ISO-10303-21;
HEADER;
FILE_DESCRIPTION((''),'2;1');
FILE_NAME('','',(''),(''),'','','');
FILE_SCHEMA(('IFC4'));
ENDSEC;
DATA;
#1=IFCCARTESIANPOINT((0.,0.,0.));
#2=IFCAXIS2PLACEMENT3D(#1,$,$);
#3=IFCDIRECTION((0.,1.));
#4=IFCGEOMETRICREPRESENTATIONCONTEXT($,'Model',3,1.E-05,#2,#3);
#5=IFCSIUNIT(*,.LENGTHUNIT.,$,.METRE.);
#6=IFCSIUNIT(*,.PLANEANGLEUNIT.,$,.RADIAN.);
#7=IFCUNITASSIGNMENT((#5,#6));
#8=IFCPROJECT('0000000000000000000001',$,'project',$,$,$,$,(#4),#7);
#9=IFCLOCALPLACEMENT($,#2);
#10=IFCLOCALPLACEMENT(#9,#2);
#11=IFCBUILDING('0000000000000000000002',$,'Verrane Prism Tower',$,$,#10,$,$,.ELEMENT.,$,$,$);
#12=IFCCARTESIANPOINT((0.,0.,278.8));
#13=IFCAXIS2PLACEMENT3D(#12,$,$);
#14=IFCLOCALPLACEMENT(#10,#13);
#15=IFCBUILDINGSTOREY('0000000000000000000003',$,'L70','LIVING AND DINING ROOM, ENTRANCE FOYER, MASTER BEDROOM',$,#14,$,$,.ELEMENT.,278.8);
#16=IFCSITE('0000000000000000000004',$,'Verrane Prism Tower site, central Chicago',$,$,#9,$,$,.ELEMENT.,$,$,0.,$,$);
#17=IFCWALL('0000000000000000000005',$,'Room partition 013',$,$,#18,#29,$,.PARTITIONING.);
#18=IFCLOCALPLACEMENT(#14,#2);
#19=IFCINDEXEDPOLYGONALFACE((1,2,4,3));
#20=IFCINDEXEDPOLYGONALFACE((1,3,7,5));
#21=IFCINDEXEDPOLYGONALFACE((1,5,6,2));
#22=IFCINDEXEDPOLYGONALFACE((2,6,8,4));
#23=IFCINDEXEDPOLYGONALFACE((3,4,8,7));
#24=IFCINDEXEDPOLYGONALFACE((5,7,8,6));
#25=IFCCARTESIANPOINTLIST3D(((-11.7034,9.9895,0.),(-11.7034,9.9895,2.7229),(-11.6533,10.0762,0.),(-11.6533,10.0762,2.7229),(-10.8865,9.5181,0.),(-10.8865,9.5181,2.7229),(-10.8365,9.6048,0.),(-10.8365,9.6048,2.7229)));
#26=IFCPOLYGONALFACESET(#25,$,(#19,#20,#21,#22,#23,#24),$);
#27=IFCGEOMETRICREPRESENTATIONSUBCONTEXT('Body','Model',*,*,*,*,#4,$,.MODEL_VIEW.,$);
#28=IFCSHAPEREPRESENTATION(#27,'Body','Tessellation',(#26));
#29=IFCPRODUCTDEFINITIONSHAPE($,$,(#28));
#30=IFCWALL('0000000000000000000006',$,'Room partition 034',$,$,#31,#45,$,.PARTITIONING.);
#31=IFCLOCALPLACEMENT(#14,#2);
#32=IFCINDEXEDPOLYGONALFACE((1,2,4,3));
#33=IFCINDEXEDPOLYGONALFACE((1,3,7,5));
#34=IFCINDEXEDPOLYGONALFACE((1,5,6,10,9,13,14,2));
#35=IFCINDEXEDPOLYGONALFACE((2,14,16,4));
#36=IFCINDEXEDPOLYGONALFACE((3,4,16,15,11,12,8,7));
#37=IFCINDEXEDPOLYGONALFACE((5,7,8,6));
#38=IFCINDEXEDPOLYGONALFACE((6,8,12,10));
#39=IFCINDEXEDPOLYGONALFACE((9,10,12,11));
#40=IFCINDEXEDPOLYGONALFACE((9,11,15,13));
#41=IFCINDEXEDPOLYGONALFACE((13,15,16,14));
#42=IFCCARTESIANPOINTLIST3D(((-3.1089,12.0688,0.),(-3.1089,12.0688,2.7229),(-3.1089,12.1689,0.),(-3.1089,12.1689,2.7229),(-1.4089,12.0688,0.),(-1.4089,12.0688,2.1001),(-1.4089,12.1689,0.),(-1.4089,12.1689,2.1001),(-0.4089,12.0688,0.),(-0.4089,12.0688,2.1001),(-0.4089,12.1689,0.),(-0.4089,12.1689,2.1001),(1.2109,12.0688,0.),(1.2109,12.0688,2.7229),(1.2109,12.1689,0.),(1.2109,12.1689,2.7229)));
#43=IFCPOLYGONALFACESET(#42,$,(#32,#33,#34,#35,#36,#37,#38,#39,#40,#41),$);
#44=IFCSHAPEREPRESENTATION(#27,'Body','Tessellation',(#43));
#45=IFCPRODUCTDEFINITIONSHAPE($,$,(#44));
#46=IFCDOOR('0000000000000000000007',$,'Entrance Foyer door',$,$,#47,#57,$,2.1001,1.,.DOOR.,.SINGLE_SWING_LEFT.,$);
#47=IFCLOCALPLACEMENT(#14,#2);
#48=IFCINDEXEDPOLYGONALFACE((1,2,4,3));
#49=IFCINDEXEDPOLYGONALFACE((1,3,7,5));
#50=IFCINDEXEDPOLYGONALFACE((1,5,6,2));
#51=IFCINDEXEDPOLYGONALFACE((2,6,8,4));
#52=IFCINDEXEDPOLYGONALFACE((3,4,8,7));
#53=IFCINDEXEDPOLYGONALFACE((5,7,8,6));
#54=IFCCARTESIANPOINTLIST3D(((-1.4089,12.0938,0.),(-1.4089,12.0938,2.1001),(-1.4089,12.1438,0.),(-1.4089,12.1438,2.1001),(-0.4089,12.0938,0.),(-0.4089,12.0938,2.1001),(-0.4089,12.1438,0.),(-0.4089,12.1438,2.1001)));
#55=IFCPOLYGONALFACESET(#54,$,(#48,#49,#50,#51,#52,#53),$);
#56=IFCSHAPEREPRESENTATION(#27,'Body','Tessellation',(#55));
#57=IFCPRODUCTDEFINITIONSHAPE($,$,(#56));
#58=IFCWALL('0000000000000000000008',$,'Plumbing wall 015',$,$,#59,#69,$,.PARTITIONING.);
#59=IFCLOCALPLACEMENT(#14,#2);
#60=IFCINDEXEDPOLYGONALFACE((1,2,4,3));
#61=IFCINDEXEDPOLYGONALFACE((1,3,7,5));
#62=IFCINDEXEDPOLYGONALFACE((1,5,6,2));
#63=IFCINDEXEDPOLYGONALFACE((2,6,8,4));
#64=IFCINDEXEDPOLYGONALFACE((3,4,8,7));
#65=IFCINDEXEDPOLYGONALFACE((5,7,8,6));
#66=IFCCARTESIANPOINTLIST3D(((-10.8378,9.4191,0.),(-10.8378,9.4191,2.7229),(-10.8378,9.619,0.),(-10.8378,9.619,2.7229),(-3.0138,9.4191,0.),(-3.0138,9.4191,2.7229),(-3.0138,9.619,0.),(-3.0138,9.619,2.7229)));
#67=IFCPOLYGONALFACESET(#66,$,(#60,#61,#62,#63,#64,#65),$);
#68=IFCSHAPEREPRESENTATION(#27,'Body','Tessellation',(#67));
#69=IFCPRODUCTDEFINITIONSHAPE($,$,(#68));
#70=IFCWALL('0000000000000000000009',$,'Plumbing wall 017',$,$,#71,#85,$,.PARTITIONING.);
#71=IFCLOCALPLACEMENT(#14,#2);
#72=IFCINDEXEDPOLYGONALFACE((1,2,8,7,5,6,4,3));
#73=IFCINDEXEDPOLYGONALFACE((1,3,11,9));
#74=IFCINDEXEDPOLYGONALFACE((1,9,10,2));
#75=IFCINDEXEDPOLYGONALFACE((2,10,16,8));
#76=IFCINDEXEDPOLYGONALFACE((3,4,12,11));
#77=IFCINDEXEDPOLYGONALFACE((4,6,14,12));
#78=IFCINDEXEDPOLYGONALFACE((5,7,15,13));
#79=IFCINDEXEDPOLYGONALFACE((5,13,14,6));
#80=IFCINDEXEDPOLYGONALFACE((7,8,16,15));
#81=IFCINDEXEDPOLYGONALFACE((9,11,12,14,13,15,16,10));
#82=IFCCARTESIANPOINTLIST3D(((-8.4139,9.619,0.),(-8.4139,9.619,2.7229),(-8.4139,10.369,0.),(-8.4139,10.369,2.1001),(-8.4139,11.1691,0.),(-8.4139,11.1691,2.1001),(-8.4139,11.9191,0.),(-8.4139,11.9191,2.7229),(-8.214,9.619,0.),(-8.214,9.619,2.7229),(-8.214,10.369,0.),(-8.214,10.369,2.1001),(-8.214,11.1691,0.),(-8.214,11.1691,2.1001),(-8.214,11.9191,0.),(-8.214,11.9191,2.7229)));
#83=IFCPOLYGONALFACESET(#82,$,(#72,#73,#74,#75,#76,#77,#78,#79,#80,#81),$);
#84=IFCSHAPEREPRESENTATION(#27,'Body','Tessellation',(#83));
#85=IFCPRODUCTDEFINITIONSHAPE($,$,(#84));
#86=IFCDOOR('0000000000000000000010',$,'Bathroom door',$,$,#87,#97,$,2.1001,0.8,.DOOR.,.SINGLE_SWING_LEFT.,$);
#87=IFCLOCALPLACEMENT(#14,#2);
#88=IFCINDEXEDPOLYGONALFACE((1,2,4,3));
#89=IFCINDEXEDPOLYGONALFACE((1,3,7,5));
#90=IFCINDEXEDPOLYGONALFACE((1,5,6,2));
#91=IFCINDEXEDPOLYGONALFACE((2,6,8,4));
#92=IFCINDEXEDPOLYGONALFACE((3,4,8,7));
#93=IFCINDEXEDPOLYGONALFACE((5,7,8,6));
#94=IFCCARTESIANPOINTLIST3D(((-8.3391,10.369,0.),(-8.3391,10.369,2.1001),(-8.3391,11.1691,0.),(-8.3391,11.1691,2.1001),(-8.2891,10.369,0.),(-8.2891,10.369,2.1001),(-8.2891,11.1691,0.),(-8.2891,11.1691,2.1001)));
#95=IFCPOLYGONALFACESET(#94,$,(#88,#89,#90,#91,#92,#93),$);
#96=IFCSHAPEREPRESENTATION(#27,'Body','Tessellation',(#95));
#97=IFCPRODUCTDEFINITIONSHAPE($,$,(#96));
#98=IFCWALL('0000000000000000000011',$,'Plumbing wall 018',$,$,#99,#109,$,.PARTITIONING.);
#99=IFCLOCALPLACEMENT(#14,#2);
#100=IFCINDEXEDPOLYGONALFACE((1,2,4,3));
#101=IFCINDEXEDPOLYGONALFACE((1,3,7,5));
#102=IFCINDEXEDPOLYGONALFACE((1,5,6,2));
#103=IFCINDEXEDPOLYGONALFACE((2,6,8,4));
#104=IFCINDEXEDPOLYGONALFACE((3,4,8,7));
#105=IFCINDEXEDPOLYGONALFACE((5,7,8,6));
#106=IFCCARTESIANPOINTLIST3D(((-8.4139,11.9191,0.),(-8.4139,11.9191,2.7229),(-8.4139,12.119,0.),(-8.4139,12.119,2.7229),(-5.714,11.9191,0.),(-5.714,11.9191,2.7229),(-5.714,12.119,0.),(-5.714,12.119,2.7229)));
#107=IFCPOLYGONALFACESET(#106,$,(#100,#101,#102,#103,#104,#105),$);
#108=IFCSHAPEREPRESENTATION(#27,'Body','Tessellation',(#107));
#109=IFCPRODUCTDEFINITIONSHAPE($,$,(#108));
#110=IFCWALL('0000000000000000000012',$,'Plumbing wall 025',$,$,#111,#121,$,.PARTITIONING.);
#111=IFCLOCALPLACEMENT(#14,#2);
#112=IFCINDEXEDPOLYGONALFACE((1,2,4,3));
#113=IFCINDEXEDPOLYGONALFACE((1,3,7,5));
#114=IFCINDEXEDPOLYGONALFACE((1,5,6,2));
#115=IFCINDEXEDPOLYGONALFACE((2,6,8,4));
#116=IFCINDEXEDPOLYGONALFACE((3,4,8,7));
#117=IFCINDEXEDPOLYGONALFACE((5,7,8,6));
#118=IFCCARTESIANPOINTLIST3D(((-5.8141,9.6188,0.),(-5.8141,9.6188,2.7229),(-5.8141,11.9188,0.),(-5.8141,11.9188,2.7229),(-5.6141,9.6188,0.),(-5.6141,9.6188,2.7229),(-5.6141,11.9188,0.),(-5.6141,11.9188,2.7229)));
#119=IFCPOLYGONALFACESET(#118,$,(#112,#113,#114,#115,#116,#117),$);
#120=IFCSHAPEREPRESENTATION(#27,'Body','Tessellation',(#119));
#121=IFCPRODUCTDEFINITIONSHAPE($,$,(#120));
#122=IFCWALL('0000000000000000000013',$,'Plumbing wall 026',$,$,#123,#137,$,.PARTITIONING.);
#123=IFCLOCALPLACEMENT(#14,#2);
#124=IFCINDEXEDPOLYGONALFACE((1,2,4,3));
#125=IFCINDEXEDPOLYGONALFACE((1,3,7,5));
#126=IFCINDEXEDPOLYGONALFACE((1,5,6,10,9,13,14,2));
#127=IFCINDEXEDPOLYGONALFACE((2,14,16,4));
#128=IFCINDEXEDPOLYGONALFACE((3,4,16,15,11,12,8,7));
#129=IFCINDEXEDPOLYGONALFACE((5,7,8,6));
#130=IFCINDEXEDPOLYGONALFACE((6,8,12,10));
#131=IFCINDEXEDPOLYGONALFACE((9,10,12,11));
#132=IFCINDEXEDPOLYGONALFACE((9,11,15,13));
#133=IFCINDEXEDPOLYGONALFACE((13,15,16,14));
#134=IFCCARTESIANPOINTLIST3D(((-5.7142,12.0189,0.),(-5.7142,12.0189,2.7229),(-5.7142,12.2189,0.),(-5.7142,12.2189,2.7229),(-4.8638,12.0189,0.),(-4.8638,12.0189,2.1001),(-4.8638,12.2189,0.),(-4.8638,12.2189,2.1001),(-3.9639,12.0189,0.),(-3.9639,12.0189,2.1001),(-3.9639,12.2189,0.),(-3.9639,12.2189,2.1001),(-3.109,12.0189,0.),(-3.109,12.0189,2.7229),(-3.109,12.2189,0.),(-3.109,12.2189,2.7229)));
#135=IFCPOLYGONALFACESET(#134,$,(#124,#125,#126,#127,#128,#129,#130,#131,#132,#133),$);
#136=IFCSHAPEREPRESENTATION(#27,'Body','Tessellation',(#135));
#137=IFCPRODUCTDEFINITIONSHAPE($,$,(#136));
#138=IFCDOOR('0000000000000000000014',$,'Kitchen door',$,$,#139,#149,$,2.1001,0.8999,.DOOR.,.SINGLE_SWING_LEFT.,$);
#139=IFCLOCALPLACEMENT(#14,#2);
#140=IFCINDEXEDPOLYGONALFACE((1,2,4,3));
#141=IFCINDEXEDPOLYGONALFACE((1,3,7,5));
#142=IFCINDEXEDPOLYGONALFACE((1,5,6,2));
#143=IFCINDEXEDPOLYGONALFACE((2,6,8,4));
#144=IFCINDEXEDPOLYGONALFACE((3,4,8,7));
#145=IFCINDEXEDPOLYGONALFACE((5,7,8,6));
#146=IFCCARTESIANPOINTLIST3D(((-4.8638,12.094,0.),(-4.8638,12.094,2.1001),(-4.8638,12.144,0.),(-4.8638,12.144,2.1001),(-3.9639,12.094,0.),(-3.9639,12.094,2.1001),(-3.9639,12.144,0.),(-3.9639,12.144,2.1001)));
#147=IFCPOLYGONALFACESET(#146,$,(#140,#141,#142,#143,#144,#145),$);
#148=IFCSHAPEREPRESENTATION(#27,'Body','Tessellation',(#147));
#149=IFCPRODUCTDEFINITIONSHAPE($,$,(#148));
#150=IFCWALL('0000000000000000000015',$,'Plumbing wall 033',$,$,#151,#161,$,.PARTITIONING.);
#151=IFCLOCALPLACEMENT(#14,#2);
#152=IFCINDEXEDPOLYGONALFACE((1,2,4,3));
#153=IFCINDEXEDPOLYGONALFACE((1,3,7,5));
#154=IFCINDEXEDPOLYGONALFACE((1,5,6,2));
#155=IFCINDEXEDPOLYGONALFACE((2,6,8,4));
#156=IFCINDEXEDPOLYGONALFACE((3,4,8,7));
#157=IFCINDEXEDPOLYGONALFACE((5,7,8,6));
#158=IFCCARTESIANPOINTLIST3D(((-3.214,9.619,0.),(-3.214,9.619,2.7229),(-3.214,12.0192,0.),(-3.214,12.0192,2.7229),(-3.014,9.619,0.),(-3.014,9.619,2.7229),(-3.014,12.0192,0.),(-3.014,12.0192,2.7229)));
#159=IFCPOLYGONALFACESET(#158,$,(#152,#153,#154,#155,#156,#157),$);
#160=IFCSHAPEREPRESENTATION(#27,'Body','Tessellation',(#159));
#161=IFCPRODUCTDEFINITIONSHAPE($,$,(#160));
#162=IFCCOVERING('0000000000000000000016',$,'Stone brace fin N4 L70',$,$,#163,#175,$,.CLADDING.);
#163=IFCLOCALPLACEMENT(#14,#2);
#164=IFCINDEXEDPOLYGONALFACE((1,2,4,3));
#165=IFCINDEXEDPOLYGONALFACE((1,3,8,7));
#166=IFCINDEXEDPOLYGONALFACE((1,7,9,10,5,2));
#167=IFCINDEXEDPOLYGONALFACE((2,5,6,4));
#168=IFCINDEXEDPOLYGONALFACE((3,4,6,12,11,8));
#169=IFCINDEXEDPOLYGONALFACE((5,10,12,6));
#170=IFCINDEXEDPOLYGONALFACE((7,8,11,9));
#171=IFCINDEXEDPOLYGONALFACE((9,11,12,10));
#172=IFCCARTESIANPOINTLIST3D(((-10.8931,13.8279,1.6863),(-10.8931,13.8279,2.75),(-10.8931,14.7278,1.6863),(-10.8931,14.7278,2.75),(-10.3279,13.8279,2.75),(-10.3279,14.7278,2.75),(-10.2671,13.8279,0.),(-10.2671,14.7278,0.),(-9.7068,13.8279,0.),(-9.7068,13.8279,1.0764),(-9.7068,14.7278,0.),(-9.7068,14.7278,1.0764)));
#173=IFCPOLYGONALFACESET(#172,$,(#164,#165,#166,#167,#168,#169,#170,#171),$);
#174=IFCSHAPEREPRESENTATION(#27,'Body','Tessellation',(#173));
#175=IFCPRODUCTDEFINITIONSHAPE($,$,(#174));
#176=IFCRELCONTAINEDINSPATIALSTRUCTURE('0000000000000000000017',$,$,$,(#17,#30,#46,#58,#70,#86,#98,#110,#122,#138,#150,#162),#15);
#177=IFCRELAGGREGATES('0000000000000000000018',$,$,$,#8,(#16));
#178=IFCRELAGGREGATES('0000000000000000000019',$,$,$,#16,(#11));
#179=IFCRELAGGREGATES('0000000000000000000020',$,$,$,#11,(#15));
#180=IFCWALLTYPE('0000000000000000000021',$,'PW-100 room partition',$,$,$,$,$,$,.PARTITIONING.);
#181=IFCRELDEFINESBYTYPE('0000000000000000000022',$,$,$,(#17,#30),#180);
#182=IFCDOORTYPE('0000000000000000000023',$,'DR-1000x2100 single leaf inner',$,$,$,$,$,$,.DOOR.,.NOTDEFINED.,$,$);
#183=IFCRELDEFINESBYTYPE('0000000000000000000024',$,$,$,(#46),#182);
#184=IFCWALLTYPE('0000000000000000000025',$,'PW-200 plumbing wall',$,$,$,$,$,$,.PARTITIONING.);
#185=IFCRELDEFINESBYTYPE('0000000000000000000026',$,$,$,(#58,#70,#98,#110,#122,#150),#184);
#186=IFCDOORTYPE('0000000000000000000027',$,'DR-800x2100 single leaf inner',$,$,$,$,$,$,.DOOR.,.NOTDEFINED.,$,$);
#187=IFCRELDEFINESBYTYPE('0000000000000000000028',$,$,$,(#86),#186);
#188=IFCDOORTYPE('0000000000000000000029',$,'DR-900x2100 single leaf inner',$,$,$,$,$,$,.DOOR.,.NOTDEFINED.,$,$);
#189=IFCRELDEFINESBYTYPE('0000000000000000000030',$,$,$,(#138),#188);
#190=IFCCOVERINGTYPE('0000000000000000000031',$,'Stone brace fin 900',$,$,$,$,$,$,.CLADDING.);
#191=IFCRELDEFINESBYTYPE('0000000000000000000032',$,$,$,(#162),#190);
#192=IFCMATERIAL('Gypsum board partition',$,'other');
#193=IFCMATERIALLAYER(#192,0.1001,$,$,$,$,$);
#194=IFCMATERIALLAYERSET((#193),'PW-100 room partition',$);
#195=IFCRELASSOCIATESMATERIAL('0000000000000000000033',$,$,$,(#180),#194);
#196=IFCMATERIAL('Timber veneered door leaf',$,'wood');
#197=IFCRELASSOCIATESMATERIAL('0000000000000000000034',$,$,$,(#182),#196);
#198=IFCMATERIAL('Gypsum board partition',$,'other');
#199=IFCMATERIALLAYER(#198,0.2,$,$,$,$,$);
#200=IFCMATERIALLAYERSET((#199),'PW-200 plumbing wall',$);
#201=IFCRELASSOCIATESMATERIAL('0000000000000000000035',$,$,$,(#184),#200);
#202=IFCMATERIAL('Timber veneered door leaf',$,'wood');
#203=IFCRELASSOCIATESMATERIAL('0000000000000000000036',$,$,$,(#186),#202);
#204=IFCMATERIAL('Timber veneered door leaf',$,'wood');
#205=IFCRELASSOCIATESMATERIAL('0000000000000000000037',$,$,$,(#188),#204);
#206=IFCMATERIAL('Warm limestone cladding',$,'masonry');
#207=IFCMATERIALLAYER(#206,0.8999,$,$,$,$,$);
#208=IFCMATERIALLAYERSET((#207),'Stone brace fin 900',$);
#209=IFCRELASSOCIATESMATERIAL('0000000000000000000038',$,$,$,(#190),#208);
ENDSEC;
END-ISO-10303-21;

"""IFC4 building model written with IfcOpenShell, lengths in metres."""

from ifc_helpers import new_model, si_unit, direction, frame, frame_2d, origin, place, context, subcontext, project, spatial, polyline, rectangle, outline, extrude, material, layer, layer_set, type_object, element, fill, save


model = new_model("IFC4")

# Units and contexts
model_context = context("Model", 3, precision=1e-05, world=origin(), true_north=direction((0.0, 1.0)))
body_context = subcontext(model_context, "Body", "Model", "MODEL_VIEW")
ifc_project = project(units=[si_unit("LENGTHUNIT", "METRE"), si_unit("PLANEANGLEUNIT", "RADIAN")], contexts=[model_context])

# Site, building, storey
site_placement = place(None, origin())
site = spatial("IfcSite", under=ifc_project, at=site_placement, Name="Verrane Prism Tower site, central Chicago", CompositionType="ELEMENT", RefElevation=0.0)
building_placement = place(site_placement, origin())
building = spatial("IfcBuilding", under=site, at=building_placement, Name="Verrane Prism Tower", CompositionType="ELEMENT")
storey_placement = place(building_placement, frame((0.0, 0.0, 278.8)))
storey = spatial("IfcBuildingStorey", under=building, at=storey_placement, Name="L70", Description="LIVING AND DINING ROOM, ENTRANCE FOYER, MASTER BEDROOM", CompositionType="ELEMENT", Elevation=278.8)

# Wall
ifc_material_1 = material(Name="Gypsum board partition", Category="other")
ifc_layer_1 = layer(ifc_material_1, 0.1001)
ifc_layer_set_1 = layer_set([ifc_layer_1], Name="PW-100 room partition")
wall_type_1 = type_object("IfcWallType", Name="PW-100 room partition", PredefinedType="PARTITIONING", material=ifc_layer_set_1)
wall_1_placement = place(storey_placement, frame((-11.6785, 10.033, 0.0), z_axis=(0.0, 0.0, 1.0), x_axis=(0.866117, -0.499842, 0.0)))
element("IfcWall", 1, at=wall_1_placement, inside=storey, type_object=wall_type_1, Name="Room partition 013", PredefinedType="PARTITIONING", context=body_context, shape_type="SweptSolid", body=[
    extrude(rectangle(XDim=0.9431, YDim=0.1001, at=frame_2d((0.4717, 0.0))), origin(), (0.0, 0.0, 1.0), 2.7229),
])

# Wall, opening, door
wall_2_placement = place(storey_placement, frame((-3.1089, 12.1189, 0.0), z_axis=(0.0, 0.0, 1.0), x_axis=(1.0, 0.0, 0.0)))
wall_2 = element("IfcWall", 2, at=wall_2_placement, inside=storey, type_object=wall_type_1, Name="Room partition 034", PredefinedType="PARTITIONING", context=body_context, shape_type="SweptSolid", body=[
    extrude(rectangle(XDim=4.3198, YDim=0.1001, at=frame_2d((2.1599, 0.0))), origin(), (0.0, 0.0, 1.0), 2.7229),
])
opening_1_placement = place(wall_2_placement, frame((1.7, 0.0, 0.0)))
opening_1 = element("IfcOpeningElement", 3, at=opening_1_placement, cuts=wall_2, PredefinedType="OPENING", context=body_context, shape_type="SweptSolid", body=[
    extrude(rectangle(XDim=1.0, YDim=2.1001, at=frame_2d((0.5, 1.05))), frame((0.0, 0.0601, 0.0), z_axis=(0.0, -1.0, 0.0), x_axis=(1.0, 0.0, 0.0)), (0.0, 0.0, 1.0), 0.1201),
])
ifc_material_2 = material(Name="Timber veneered door leaf", Category="wood")
door_type_1 = type_object("IfcDoorType", Name="DR-1000x2100 single leaf inner", OperationType="NOTDEFINED", PredefinedType="DOOR", material=ifc_material_2)
door_1_placement = place(opening_1_placement, origin())
door_1 = element("IfcDoor", 4, at=door_1_placement, inside=storey, type_object=door_type_1, Name="Entrance Foyer door", OperationType="SINGLE_SWING_LEFT", OverallHeight=2.1001, OverallWidth=1.0, PredefinedType="DOOR", context=body_context, shape_type="SweptSolid", body=[
    extrude(rectangle(XDim=1.0, YDim=2.1001, at=frame_2d((0.5, 1.05))), frame((0.0, 0.0249, 0.0), z_axis=(0.0, -1.0, 0.0), x_axis=(1.0, 0.0, 0.0)), (0.0, 0.0, 1.0), 0.05),
])
fill(opening_1, door_1)

# Wall
ifc_material_3 = material(Name="Gypsum board partition", Category="other")
ifc_layer_2 = layer(ifc_material_3, 0.2)
ifc_layer_set_2 = layer_set([ifc_layer_2], Name="PW-200 plumbing wall")
wall_type_2 = type_object("IfcWallType", Name="PW-200 plumbing wall", PredefinedType="PARTITIONING", material=ifc_layer_set_2)
wall_3_placement = place(storey_placement, frame((-10.8379, 9.519, 0.0), z_axis=(0.0, 0.0, 1.0), x_axis=(1.0, 0.0, 0.0)))
element("IfcWall", 5, at=wall_3_placement, inside=storey, type_object=wall_type_2, Name="Plumbing wall 015", PredefinedType="PARTITIONING", context=body_context, shape_type="SweptSolid", body=[
    extrude(rectangle(XDim=7.824, YDim=0.2, at=frame_2d((3.9121, 0.0))), origin(), (0.0, 0.0, 1.0), 2.7229),
])

# Wall, opening, door
wall_4_placement = place(storey_placement, frame((-8.314, 11.9189, 0.0), z_axis=(0.0, 0.0, 1.0), x_axis=(0.0, -1.0, 0.0)))
wall_4 = element("IfcWall", 6, at=wall_4_placement, inside=storey, type_object=wall_type_2, Name="Plumbing wall 017", PredefinedType="PARTITIONING", context=body_context, shape_type="SweptSolid", body=[
    extrude(rectangle(XDim=2.3, YDim=0.2, at=frame_2d((1.1499, 0.0))), origin(), (0.0, 0.0, 1.0), 2.7229),
])
opening_2_placement = place(wall_4_placement, frame((0.75, 0.0, 0.0)))
opening_2 = element("IfcOpeningElement", 7, at=opening_2_placement, cuts=wall_4, PredefinedType="OPENING", context=body_context, shape_type="SweptSolid", body=[
    extrude(rectangle(XDim=0.8, YDim=2.1001, at=frame_2d((0.3999, 1.05))), frame((0.0, 0.1099, 0.0), z_axis=(0.0, -1.0, 0.0), x_axis=(1.0, 0.0, 0.0)), (0.0, 0.0, 1.0), 0.22),
])
ifc_material_4 = material(Name="Timber veneered door leaf", Category="wood")
door_type_2 = type_object("IfcDoorType", Name="DR-800x2100 single leaf inner", OperationType="NOTDEFINED", PredefinedType="DOOR", material=ifc_material_4)
door_2_placement = place(opening_2_placement, origin())
door_2 = element("IfcDoor", 8, at=door_2_placement, inside=storey, type_object=door_type_2, Name="Bathroom door", OperationType="SINGLE_SWING_LEFT", OverallHeight=2.1001, OverallWidth=0.8, PredefinedType="DOOR", context=body_context, shape_type="SweptSolid", body=[
    extrude(rectangle(XDim=0.8, YDim=2.1001, at=frame_2d((0.3999, 1.05))), frame((0.0, 0.0249, 0.0), z_axis=(0.0, -1.0, 0.0), x_axis=(1.0, 0.0, 0.0)), (0.0, 0.0, 1.0), 0.05),
])
fill(opening_2, door_2)

# Walls
wall_5_placement = place(storey_placement, frame((-8.4141, 12.019, 0.0), z_axis=(0.0, 0.0, 1.0), x_axis=(1.0, 0.0, 0.0)))
element("IfcWall", 9, at=wall_5_placement, inside=storey, type_object=wall_type_2, Name="Plumbing wall 018", PredefinedType="PARTITIONING", context=body_context, shape_type="SweptSolid", body=[
    extrude(rectangle(XDim=2.7, YDim=0.2, at=frame_2d((1.3501, 0.0))), origin(), (0.0, 0.0, 1.0), 2.7229),
])
wall_6_placement = place(storey_placement, frame((-5.7141, 9.6189, 0.0), z_axis=(0.0, 0.0, 1.0), x_axis=(0.0, 1.0, 0.0)))
element("IfcWall", 10, at=wall_6_placement, inside=storey, type_object=wall_type_2, Name="Plumbing wall 025", PredefinedType="PARTITIONING", context=body_context, shape_type="SweptSolid", body=[
    extrude(rectangle(XDim=2.3, YDim=0.2, at=frame_2d((1.1499, 0.0))), origin(), (0.0, 0.0, 1.0), 2.7229),
])

# Wall, opening, door
wall_7_placement = place(storey_placement, frame((-3.1089, 12.1189, 0.0), z_axis=(0.0, 0.0, 1.0), x_axis=(-1.0, 0.0, 0.0)))
wall_7 = element("IfcWall", 11, at=wall_7_placement, inside=storey, type_object=wall_type_2, Name="Plumbing wall 026", PredefinedType="PARTITIONING", context=body_context, shape_type="SweptSolid", body=[
    extrude(rectangle(XDim=2.6052, YDim=0.2, at=frame_2d((1.3027, 0.0))), origin(), (0.0, 0.0, 1.0), 2.7229),
])
opening_3_placement = place(wall_7_placement, frame((0.855, 0.0, 0.0)))
opening_3 = element("IfcOpeningElement", 12, at=opening_3_placement, cuts=wall_7, PredefinedType="OPENING", context=body_context, shape_type="SweptSolid", body=[
    extrude(rectangle(XDim=0.8999, YDim=2.1001, at=frame_2d((0.45, 1.05))), frame((0.0, 0.1099, 0.0), z_axis=(0.0, -1.0, 0.0), x_axis=(1.0, 0.0, 0.0)), (0.0, 0.0, 1.0), 0.22),
])
ifc_material_5 = material(Name="Timber veneered door leaf", Category="wood")
door_type_3 = type_object("IfcDoorType", Name="DR-900x2100 single leaf inner", OperationType="NOTDEFINED", PredefinedType="DOOR", material=ifc_material_5)
door_3_placement = place(opening_3_placement, origin())
door_3 = element("IfcDoor", 13, at=door_3_placement, inside=storey, type_object=door_type_3, Name="Kitchen door", OperationType="SINGLE_SWING_LEFT", OverallHeight=2.1001, OverallWidth=0.8999, PredefinedType="DOOR", context=body_context, shape_type="SweptSolid", body=[
    extrude(rectangle(XDim=0.8999, YDim=2.1001, at=frame_2d((0.45, 1.05))), frame((0.0, 0.0249, 0.0), z_axis=(0.0, -1.0, 0.0), x_axis=(1.0, 0.0, 0.0)), (0.0, 0.0, 1.0), 0.05),
])
fill(opening_3, door_3)

# Wall
wall_8_placement = place(storey_placement, frame((-3.114, 9.6189, 0.0), z_axis=(0.0, 0.0, 1.0), x_axis=(0.0, 1.0, 0.0)))
element("IfcWall", 14, at=wall_8_placement, inside=storey, type_object=wall_type_2, Name="Plumbing wall 033", PredefinedType="PARTITIONING", context=body_context, shape_type="SweptSolid", body=[
    extrude(rectangle(XDim=2.4001, YDim=0.2, at=frame_2d((1.2002, 0.0))), origin(), (0.0, 0.0, 1.0), 2.7229),
])

# Covering
ifc_material_6 = material(Name="Warm limestone cladding", Category="masonry")
ifc_layer_3 = layer(ifc_material_6, 0.8999)
ifc_layer_set_3 = layer_set([ifc_layer_3], Name="Stone brace fin 900")
covering_type = type_object("IfcCoveringType", Name="Stone brace fin 900", PredefinedType="CLADDING", material=ifc_layer_set_3)
covering_placement = place(storey_placement, frame((-9.7068, 14.2778, 0.0), z_axis=(0.0, 0.0, 1.0), x_axis=(-1.0, 0.0, 0.0)))
element("IfcCovering", 15, at=covering_placement, inside=storey, type_object=covering_type, Name="Stone brace fin N4 L70", PredefinedType="CLADDING", context=body_context, shape_type="SweptSolid", body=[
    extrude(outline(polyline([(1.1863, 2.75), (0.6211, 2.75), (0.0, 1.0764), (0.0, 0.0), (0.5603, 0.0), (1.1863, 1.6863), (1.1863, 2.75)])), frame((0.0, 0.45, 0.0), z_axis=(0.0, -1.0, 0.0), x_axis=(1.0, 0.0, 0.0)), (0.0, 0.0, 1.0), 0.8999),
])

save(model, "model.ifc")
